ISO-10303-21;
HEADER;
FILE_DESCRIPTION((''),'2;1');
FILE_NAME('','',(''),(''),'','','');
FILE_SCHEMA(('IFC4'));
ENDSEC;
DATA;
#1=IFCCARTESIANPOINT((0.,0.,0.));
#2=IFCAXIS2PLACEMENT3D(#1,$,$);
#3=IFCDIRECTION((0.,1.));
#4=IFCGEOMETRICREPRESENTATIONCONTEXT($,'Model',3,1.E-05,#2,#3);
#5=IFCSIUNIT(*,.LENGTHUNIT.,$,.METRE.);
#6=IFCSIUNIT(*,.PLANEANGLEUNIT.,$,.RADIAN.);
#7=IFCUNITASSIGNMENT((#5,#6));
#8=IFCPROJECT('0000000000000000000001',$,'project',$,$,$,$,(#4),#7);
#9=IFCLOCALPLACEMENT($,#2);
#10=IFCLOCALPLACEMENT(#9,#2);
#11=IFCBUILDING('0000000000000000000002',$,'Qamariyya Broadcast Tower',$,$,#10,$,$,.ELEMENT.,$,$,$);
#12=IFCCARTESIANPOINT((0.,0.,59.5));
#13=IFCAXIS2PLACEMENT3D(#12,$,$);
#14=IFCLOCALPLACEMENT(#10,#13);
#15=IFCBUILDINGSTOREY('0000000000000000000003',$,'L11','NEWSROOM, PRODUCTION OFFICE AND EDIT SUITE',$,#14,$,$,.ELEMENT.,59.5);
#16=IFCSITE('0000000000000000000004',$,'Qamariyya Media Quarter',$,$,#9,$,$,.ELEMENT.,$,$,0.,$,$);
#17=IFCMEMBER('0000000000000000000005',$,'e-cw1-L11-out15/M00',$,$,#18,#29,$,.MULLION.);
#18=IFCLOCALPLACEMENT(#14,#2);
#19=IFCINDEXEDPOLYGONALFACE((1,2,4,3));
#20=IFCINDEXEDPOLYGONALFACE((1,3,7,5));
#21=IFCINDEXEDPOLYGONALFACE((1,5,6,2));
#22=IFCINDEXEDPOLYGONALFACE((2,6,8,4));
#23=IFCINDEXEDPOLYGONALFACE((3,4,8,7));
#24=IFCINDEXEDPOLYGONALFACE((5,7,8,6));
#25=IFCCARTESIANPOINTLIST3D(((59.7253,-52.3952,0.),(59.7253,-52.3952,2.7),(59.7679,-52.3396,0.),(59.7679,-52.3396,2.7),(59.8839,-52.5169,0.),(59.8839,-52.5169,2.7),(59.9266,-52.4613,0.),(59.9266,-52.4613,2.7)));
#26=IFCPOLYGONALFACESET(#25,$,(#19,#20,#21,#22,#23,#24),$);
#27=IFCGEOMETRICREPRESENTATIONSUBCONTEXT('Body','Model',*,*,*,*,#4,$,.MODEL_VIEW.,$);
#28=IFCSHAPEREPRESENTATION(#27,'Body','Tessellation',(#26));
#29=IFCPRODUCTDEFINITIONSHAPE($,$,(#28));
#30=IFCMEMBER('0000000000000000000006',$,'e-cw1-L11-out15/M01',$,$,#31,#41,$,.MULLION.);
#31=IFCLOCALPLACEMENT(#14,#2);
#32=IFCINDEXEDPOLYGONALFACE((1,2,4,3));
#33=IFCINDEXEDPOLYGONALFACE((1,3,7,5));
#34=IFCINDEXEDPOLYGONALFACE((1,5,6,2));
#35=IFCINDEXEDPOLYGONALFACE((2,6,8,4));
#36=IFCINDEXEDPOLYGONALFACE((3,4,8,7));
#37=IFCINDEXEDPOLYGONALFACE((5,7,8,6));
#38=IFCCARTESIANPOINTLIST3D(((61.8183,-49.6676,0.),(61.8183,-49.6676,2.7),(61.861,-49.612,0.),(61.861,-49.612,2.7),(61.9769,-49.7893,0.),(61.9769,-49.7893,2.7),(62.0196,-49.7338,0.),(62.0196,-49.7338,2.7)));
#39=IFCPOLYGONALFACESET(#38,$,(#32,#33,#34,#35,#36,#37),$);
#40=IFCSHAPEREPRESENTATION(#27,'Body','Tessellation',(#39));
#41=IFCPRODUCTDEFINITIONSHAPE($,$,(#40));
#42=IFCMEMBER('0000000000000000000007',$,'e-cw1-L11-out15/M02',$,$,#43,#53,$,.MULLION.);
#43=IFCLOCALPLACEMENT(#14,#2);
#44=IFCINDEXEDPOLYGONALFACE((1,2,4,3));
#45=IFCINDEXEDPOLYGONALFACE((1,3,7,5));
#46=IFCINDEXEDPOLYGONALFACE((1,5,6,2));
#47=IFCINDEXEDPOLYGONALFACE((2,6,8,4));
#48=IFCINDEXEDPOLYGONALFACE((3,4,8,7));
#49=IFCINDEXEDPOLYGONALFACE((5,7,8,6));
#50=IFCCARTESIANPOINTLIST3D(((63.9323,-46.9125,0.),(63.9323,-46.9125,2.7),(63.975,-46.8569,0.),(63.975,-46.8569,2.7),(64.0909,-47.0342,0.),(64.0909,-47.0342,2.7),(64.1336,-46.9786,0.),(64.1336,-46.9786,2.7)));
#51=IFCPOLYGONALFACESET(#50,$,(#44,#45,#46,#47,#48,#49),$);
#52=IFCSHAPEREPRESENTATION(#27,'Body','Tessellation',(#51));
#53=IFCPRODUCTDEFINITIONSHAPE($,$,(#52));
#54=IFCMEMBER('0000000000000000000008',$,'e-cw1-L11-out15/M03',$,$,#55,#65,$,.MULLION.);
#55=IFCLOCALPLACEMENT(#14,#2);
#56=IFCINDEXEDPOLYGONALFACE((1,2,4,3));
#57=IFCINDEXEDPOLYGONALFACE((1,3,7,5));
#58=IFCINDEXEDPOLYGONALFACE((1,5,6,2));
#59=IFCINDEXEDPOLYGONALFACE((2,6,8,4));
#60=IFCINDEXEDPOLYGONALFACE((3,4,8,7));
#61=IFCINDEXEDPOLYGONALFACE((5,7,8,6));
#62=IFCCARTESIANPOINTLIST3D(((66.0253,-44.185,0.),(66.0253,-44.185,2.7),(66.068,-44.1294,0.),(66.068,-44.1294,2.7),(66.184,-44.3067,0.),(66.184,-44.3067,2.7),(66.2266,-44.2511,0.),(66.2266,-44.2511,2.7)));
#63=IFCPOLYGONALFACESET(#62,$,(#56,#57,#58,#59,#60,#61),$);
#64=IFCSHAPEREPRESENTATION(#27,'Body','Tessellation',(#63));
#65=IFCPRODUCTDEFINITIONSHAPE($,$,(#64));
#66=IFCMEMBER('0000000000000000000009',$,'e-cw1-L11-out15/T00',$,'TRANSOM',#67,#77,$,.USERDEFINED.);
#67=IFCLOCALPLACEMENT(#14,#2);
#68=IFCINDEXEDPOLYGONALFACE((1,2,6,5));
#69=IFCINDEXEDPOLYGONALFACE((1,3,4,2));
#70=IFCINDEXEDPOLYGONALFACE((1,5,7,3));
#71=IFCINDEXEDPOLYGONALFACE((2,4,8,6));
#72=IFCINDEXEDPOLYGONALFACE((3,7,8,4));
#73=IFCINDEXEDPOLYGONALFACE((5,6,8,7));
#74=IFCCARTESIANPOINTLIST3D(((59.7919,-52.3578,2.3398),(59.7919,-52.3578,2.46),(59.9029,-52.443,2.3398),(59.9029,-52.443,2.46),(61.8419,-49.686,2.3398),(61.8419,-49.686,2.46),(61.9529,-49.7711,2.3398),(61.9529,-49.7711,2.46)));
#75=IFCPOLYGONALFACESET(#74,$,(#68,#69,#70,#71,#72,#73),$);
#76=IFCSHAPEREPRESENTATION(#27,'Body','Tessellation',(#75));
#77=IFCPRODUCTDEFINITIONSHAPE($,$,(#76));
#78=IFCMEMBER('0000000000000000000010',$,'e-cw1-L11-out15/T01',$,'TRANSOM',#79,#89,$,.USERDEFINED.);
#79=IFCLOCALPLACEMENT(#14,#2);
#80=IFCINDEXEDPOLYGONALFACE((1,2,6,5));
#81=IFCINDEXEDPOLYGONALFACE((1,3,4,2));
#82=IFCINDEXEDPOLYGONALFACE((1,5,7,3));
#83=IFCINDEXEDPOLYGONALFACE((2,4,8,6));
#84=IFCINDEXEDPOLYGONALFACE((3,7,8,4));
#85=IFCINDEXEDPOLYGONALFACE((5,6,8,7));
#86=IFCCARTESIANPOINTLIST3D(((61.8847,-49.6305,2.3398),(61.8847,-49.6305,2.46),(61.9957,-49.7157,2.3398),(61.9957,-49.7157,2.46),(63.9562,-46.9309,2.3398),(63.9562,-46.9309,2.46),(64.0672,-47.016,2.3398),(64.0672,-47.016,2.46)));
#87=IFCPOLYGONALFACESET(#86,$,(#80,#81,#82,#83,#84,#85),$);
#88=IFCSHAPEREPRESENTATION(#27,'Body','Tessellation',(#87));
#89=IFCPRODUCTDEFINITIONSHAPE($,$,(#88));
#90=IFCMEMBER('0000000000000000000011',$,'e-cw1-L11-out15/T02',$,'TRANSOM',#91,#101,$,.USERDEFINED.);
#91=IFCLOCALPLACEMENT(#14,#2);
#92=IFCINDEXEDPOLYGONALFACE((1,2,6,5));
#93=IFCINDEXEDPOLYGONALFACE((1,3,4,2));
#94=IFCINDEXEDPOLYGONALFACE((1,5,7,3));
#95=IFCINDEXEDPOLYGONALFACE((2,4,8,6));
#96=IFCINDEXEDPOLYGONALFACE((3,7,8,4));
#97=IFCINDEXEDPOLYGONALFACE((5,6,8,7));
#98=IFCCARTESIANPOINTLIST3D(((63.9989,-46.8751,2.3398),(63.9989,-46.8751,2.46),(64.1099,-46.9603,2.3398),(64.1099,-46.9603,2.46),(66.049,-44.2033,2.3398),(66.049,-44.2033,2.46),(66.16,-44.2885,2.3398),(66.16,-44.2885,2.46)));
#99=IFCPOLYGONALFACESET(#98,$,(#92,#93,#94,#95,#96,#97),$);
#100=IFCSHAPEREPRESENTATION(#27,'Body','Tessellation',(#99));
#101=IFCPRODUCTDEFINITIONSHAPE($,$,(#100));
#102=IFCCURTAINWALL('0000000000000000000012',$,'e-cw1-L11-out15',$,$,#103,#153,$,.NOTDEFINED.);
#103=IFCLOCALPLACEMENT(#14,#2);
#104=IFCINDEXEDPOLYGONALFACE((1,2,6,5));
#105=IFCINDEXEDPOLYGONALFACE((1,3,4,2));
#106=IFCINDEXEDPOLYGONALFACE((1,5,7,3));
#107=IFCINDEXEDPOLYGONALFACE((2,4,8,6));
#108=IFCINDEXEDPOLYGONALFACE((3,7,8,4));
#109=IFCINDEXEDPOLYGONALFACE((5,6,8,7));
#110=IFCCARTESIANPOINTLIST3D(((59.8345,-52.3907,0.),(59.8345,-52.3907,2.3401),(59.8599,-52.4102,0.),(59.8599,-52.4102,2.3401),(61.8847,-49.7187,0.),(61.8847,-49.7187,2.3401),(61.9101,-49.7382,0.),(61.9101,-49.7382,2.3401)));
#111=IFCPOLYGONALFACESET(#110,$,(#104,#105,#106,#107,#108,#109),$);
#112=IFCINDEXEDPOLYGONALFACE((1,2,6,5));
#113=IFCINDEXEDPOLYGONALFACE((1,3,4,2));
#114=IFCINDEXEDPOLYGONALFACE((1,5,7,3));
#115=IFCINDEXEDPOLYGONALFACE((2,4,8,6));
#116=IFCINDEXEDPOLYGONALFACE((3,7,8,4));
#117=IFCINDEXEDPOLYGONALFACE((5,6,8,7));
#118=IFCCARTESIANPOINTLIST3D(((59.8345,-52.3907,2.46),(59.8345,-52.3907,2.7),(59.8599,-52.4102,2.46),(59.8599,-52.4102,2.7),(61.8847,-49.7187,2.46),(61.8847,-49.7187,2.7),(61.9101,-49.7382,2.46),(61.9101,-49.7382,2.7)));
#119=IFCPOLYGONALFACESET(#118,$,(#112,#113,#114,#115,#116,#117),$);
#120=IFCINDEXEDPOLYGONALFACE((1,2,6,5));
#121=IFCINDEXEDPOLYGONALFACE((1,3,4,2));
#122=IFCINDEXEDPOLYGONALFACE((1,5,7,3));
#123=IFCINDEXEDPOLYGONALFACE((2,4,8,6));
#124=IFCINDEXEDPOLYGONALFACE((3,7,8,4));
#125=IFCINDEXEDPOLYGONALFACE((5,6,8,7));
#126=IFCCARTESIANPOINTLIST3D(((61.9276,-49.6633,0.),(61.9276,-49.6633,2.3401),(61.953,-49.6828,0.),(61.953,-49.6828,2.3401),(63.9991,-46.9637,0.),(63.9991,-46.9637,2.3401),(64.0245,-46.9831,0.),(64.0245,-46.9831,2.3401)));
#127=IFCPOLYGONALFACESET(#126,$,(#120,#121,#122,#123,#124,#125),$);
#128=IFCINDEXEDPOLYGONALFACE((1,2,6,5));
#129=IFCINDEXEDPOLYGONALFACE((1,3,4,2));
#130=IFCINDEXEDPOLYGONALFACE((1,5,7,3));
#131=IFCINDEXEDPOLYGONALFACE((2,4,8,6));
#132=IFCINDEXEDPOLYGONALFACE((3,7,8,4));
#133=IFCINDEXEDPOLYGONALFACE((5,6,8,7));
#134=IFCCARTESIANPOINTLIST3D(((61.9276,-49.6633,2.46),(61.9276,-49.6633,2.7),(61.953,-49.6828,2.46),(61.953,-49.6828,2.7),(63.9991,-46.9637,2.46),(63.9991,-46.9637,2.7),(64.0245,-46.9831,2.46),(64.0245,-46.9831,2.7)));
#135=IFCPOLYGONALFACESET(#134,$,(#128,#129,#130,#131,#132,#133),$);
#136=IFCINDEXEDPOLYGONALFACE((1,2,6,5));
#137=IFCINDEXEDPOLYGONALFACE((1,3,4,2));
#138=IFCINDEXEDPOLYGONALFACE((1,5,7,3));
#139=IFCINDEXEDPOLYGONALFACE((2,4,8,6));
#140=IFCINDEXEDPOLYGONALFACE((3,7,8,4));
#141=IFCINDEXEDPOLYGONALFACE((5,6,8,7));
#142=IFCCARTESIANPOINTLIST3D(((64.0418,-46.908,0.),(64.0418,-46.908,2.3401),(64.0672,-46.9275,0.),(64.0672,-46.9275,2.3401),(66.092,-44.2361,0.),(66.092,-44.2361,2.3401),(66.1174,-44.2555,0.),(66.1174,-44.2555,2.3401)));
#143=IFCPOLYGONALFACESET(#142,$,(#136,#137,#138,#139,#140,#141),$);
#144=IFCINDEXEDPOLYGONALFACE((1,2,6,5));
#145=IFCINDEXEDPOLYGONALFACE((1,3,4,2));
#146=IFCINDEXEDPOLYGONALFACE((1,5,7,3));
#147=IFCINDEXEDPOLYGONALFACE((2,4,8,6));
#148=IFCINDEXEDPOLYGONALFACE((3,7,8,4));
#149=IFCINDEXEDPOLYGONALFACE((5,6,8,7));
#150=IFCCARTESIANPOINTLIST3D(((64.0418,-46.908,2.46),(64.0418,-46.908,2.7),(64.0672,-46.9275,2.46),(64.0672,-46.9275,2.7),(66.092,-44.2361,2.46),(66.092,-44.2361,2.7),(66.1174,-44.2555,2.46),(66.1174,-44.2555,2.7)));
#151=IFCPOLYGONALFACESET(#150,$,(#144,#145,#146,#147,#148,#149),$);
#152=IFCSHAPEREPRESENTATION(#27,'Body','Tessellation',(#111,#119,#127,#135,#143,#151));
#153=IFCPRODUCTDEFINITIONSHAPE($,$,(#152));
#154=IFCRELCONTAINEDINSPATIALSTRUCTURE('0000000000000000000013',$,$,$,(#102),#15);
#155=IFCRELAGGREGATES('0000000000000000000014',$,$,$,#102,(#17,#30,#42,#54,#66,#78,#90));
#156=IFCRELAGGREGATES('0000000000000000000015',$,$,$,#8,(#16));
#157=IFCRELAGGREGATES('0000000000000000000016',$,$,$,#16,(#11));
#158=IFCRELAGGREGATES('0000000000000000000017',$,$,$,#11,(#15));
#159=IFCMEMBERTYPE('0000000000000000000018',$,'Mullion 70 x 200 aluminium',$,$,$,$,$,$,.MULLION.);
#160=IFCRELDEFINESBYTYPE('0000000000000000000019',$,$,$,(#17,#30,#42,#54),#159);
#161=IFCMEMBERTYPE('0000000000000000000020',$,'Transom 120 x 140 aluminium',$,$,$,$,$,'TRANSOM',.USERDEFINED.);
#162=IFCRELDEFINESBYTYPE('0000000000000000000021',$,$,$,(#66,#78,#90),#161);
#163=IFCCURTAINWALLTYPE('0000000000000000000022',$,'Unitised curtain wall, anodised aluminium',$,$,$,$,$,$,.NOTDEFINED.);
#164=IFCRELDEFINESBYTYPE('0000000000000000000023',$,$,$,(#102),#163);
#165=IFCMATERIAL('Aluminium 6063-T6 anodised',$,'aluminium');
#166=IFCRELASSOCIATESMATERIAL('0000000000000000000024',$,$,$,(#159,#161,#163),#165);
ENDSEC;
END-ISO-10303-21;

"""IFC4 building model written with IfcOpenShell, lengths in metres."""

from ifc_helpers import new_model, si_unit, direction, frame, origin, origin_2d, place, context, subcontext, project, spatial, rectangle, extrude, material, material_profile, profile_set, type_object, element, aggregate, save


model = new_model("IFC4")

# Units and contexts
model_context = context("Model", 3, precision=1e-05, world=origin(), true_north=direction((0.0, 1.0)))
body_context = subcontext(model_context, "Body", "Model", "MODEL_VIEW")
ifc_project = project(units=[si_unit("LENGTHUNIT", "METRE"), si_unit("PLANEANGLEUNIT", "RADIAN")], contexts=[model_context])

# Members
ifc_material_1 = material(Name="Aluminium 6063-T6 anodised", Category="aluminium")
ifc_material_profile_1 = material_profile(ifc_material_1, rectangle(XDim=0.2, YDim=0.0701, at=origin_2d()))
ifc_profile_set_1 = profile_set([ifc_material_profile_1], Name="Aluminium 6063-T6 anodised")
member_type_1 = type_object("IfcMemberType", Name="Mullion 70 x 200 aluminium", PredefinedType="MULLION", material=ifc_profile_set_1)
site_placement = place(None, origin())
building_placement = place(site_placement, origin())
storey_placement = place(building_placement, frame((0.0, 0.0, 59.5)))
member_1_placement = place(storey_placement, frame((59.8259, -52.4282, 0.0), z_axis=(0.0, 0.0, 1.0), x_axis=(-0.793353, 0.608761, 0.0)))
member_1 = element("IfcMember", 1, at=member_1_placement, type_object=member_type_1, Name="e-cw1-L11-out15/M00", PredefinedType="MULLION", context=body_context, shape_type="SweptSolid", body=[
    extrude(rectangle(XDim=0.2, YDim=0.0701, at=origin_2d()), origin(), (0.0, 0.0, 1.0), 2.7),
])
member_2_placement = place(storey_placement, frame((61.9189, -49.7007, 0.0), z_axis=(0.0, 0.0, 1.0), x_axis=(-0.793353, 0.608761, 0.0)))
member_2 = element("IfcMember", 2, at=member_2_placement, type_object=member_type_1, Name="e-cw1-L11-out15/M01", PredefinedType="MULLION", context=body_context, shape_type="SweptSolid", body=[
    extrude(rectangle(XDim=0.2, YDim=0.0701, at=origin_2d()), origin(), (0.0, 0.0, 1.0), 2.7),
])
member_3_placement = place(storey_placement, frame((64.033, -46.9456, 0.0), z_axis=(0.0, 0.0, 1.0), x_axis=(-0.793353, 0.608761, 0.0)))
member_3 = element("IfcMember", 3, at=member_3_placement, type_object=member_type_1, Name="e-cw1-L11-out15/M02", PredefinedType="MULLION", context=body_context, shape_type="SweptSolid", body=[
    extrude(rectangle(XDim=0.2, YDim=0.0701, at=origin_2d()), origin(), (0.0, 0.0, 1.0), 2.7),
])
member_4_placement = place(storey_placement, frame((66.126, -44.218, 0.0), z_axis=(0.0, 0.0, 1.0), x_axis=(-0.793353, 0.608761, 0.0)))
member_4 = element("IfcMember", 4, at=member_4_placement, type_object=member_type_1, Name="e-cw1-L11-out15/M03", PredefinedType="MULLION", context=body_context, shape_type="SweptSolid", body=[
    extrude(rectangle(XDim=0.2, YDim=0.0701, at=origin_2d()), origin(), (0.0, 0.0, 1.0), 2.7),
])
ifc_material_profile_2 = material_profile(ifc_material_1, rectangle(XDim=0.1399, YDim=0.1201, at=origin_2d()))
ifc_profile_set_2 = profile_set([ifc_material_profile_2], Name="Aluminium 6063-T6 anodised")
member_type_2 = type_object("IfcMemberType", Name="Transom 120 x 140 aluminium", ElementType="TRANSOM", PredefinedType="USERDEFINED", material=ifc_profile_set_2)
member_5_placement = place(storey_placement, frame((59.8474, -52.4004, 2.3999), z_axis=(0.608733, 0.793375, 0.0), x_axis=(-0.793375, 0.608733, 0.0)))
member_5 = element("IfcMember", 5, at=member_5_placement, type_object=member_type_2, Name="e-cw1-L11-out15/T00", ObjectType="TRANSOM", PredefinedType="USERDEFINED", context=body_context, shape_type="SweptSolid", body=[
    extrude(rectangle(XDim=0.1399, YDim=0.1201, at=origin_2d()), origin(), (0.0, 0.0, 1.0), 3.3677),
])
member_6_placement = place(storey_placement, frame((61.9402, -49.6731, 2.3999), z_axis=(0.608757, 0.793357, 0.0), x_axis=(-0.793357, 0.608757, 0.0)))
member_6 = element("IfcMember", 6, at=member_6_placement, type_object=member_type_2, Name="e-cw1-L11-out15/T01", ObjectType="TRANSOM", PredefinedType="USERDEFINED", context=body_context, shape_type="SweptSolid", body=[
    extrude(rectangle(XDim=0.1399, YDim=0.1201, at=origin_2d()), origin(), (0.0, 0.0, 1.0), 3.4028),
])
member_7_placement = place(storey_placement, frame((64.0544, -46.9177, 2.3999), z_axis=(0.608733, 0.793375, 0.0), x_axis=(-0.793375, 0.608733, 0.0)))
member_7 = element("IfcMember", 7, at=member_7_placement, type_object=member_type_2, Name="e-cw1-L11-out15/T02", ObjectType="TRANSOM", PredefinedType="USERDEFINED", context=body_context, shape_type="SweptSolid", body=[
    extrude(rectangle(XDim=0.1399, YDim=0.1201, at=origin_2d()), origin(), (0.0, 0.0, 1.0), 3.3677),
])

# Site, building, storey
site = spatial("IfcSite", under=ifc_project, at=site_placement, Name="Qamariyya Media Quarter", CompositionType="ELEMENT", RefElevation=0.0)
building = spatial("IfcBuilding", under=site, at=building_placement, Name="Qamariyya Broadcast Tower", CompositionType="ELEMENT")
storey = spatial("IfcBuildingStorey", under=building, at=storey_placement, Name="L11", Description="NEWSROOM, PRODUCTION OFFICE AND EDIT SUITE", CompositionType="ELEMENT", Elevation=59.5)

# Curtain wall
curtain_wall_type = type_object("IfcCurtainWallType", Name="Unitised curtain wall, anodised aluminium", PredefinedType="NOTDEFINED", material=ifc_material_1)
curtain_wall_1_placement = place(storey_placement, origin())
curtain_wall_1 = element("IfcCurtainWall", 8, at=curtain_wall_1_placement, inside=storey, type_object=curtain_wall_type, Name="e-cw1-L11-out15", PredefinedType="NOTDEFINED", context=body_context, shape_type="SweptSolid", body=[
    extrude(rectangle(XDim=3.3679, YDim=0.032, at=origin_2d()), frame((60.8723, -51.0645, 0.0), x_axis=(0.608756, 0.793358, 0.0)), (0.0, 0.0, 1.0), 2.3401),
    extrude(rectangle(XDim=3.3679, YDim=0.032, at=origin_2d()), frame((60.8723, -51.0645, 2.46), x_axis=(0.608756, 0.793358, 0.0)), (0.0, 0.0, 1.0), 0.24),
    extrude(rectangle(XDim=3.4028, YDim=0.032, at=origin_2d()), frame((62.9761, -48.3232, 0.0), x_axis=(0.608756, 0.793358, 0.0)), (0.0, 0.0, 1.0), 2.3401),
    extrude(rectangle(XDim=3.4028, YDim=0.032, at=origin_2d()), frame((62.9761, -48.3232, 2.46), x_axis=(0.608756, 0.793358, 0.0)), (0.0, 0.0, 1.0), 0.24),
    extrude(rectangle(XDim=3.3679, YDim=0.032, at=origin_2d()), frame((65.0796, -45.5818, 0.0), x_axis=(0.608756, 0.793358, 0.0)), (0.0, 0.0, 1.0), 2.3401),
    extrude(rectangle(XDim=3.3679, YDim=0.032, at=origin_2d()), frame((65.0796, -45.5818, 2.46), x_axis=(0.608756, 0.793358, 0.0)), (0.0, 0.0, 1.0), 0.24),
])
aggregate(curtain_wall_1, [member_1, member_2, member_3, member_4, member_5, member_6, member_7])

save(model, "model.ifc")
